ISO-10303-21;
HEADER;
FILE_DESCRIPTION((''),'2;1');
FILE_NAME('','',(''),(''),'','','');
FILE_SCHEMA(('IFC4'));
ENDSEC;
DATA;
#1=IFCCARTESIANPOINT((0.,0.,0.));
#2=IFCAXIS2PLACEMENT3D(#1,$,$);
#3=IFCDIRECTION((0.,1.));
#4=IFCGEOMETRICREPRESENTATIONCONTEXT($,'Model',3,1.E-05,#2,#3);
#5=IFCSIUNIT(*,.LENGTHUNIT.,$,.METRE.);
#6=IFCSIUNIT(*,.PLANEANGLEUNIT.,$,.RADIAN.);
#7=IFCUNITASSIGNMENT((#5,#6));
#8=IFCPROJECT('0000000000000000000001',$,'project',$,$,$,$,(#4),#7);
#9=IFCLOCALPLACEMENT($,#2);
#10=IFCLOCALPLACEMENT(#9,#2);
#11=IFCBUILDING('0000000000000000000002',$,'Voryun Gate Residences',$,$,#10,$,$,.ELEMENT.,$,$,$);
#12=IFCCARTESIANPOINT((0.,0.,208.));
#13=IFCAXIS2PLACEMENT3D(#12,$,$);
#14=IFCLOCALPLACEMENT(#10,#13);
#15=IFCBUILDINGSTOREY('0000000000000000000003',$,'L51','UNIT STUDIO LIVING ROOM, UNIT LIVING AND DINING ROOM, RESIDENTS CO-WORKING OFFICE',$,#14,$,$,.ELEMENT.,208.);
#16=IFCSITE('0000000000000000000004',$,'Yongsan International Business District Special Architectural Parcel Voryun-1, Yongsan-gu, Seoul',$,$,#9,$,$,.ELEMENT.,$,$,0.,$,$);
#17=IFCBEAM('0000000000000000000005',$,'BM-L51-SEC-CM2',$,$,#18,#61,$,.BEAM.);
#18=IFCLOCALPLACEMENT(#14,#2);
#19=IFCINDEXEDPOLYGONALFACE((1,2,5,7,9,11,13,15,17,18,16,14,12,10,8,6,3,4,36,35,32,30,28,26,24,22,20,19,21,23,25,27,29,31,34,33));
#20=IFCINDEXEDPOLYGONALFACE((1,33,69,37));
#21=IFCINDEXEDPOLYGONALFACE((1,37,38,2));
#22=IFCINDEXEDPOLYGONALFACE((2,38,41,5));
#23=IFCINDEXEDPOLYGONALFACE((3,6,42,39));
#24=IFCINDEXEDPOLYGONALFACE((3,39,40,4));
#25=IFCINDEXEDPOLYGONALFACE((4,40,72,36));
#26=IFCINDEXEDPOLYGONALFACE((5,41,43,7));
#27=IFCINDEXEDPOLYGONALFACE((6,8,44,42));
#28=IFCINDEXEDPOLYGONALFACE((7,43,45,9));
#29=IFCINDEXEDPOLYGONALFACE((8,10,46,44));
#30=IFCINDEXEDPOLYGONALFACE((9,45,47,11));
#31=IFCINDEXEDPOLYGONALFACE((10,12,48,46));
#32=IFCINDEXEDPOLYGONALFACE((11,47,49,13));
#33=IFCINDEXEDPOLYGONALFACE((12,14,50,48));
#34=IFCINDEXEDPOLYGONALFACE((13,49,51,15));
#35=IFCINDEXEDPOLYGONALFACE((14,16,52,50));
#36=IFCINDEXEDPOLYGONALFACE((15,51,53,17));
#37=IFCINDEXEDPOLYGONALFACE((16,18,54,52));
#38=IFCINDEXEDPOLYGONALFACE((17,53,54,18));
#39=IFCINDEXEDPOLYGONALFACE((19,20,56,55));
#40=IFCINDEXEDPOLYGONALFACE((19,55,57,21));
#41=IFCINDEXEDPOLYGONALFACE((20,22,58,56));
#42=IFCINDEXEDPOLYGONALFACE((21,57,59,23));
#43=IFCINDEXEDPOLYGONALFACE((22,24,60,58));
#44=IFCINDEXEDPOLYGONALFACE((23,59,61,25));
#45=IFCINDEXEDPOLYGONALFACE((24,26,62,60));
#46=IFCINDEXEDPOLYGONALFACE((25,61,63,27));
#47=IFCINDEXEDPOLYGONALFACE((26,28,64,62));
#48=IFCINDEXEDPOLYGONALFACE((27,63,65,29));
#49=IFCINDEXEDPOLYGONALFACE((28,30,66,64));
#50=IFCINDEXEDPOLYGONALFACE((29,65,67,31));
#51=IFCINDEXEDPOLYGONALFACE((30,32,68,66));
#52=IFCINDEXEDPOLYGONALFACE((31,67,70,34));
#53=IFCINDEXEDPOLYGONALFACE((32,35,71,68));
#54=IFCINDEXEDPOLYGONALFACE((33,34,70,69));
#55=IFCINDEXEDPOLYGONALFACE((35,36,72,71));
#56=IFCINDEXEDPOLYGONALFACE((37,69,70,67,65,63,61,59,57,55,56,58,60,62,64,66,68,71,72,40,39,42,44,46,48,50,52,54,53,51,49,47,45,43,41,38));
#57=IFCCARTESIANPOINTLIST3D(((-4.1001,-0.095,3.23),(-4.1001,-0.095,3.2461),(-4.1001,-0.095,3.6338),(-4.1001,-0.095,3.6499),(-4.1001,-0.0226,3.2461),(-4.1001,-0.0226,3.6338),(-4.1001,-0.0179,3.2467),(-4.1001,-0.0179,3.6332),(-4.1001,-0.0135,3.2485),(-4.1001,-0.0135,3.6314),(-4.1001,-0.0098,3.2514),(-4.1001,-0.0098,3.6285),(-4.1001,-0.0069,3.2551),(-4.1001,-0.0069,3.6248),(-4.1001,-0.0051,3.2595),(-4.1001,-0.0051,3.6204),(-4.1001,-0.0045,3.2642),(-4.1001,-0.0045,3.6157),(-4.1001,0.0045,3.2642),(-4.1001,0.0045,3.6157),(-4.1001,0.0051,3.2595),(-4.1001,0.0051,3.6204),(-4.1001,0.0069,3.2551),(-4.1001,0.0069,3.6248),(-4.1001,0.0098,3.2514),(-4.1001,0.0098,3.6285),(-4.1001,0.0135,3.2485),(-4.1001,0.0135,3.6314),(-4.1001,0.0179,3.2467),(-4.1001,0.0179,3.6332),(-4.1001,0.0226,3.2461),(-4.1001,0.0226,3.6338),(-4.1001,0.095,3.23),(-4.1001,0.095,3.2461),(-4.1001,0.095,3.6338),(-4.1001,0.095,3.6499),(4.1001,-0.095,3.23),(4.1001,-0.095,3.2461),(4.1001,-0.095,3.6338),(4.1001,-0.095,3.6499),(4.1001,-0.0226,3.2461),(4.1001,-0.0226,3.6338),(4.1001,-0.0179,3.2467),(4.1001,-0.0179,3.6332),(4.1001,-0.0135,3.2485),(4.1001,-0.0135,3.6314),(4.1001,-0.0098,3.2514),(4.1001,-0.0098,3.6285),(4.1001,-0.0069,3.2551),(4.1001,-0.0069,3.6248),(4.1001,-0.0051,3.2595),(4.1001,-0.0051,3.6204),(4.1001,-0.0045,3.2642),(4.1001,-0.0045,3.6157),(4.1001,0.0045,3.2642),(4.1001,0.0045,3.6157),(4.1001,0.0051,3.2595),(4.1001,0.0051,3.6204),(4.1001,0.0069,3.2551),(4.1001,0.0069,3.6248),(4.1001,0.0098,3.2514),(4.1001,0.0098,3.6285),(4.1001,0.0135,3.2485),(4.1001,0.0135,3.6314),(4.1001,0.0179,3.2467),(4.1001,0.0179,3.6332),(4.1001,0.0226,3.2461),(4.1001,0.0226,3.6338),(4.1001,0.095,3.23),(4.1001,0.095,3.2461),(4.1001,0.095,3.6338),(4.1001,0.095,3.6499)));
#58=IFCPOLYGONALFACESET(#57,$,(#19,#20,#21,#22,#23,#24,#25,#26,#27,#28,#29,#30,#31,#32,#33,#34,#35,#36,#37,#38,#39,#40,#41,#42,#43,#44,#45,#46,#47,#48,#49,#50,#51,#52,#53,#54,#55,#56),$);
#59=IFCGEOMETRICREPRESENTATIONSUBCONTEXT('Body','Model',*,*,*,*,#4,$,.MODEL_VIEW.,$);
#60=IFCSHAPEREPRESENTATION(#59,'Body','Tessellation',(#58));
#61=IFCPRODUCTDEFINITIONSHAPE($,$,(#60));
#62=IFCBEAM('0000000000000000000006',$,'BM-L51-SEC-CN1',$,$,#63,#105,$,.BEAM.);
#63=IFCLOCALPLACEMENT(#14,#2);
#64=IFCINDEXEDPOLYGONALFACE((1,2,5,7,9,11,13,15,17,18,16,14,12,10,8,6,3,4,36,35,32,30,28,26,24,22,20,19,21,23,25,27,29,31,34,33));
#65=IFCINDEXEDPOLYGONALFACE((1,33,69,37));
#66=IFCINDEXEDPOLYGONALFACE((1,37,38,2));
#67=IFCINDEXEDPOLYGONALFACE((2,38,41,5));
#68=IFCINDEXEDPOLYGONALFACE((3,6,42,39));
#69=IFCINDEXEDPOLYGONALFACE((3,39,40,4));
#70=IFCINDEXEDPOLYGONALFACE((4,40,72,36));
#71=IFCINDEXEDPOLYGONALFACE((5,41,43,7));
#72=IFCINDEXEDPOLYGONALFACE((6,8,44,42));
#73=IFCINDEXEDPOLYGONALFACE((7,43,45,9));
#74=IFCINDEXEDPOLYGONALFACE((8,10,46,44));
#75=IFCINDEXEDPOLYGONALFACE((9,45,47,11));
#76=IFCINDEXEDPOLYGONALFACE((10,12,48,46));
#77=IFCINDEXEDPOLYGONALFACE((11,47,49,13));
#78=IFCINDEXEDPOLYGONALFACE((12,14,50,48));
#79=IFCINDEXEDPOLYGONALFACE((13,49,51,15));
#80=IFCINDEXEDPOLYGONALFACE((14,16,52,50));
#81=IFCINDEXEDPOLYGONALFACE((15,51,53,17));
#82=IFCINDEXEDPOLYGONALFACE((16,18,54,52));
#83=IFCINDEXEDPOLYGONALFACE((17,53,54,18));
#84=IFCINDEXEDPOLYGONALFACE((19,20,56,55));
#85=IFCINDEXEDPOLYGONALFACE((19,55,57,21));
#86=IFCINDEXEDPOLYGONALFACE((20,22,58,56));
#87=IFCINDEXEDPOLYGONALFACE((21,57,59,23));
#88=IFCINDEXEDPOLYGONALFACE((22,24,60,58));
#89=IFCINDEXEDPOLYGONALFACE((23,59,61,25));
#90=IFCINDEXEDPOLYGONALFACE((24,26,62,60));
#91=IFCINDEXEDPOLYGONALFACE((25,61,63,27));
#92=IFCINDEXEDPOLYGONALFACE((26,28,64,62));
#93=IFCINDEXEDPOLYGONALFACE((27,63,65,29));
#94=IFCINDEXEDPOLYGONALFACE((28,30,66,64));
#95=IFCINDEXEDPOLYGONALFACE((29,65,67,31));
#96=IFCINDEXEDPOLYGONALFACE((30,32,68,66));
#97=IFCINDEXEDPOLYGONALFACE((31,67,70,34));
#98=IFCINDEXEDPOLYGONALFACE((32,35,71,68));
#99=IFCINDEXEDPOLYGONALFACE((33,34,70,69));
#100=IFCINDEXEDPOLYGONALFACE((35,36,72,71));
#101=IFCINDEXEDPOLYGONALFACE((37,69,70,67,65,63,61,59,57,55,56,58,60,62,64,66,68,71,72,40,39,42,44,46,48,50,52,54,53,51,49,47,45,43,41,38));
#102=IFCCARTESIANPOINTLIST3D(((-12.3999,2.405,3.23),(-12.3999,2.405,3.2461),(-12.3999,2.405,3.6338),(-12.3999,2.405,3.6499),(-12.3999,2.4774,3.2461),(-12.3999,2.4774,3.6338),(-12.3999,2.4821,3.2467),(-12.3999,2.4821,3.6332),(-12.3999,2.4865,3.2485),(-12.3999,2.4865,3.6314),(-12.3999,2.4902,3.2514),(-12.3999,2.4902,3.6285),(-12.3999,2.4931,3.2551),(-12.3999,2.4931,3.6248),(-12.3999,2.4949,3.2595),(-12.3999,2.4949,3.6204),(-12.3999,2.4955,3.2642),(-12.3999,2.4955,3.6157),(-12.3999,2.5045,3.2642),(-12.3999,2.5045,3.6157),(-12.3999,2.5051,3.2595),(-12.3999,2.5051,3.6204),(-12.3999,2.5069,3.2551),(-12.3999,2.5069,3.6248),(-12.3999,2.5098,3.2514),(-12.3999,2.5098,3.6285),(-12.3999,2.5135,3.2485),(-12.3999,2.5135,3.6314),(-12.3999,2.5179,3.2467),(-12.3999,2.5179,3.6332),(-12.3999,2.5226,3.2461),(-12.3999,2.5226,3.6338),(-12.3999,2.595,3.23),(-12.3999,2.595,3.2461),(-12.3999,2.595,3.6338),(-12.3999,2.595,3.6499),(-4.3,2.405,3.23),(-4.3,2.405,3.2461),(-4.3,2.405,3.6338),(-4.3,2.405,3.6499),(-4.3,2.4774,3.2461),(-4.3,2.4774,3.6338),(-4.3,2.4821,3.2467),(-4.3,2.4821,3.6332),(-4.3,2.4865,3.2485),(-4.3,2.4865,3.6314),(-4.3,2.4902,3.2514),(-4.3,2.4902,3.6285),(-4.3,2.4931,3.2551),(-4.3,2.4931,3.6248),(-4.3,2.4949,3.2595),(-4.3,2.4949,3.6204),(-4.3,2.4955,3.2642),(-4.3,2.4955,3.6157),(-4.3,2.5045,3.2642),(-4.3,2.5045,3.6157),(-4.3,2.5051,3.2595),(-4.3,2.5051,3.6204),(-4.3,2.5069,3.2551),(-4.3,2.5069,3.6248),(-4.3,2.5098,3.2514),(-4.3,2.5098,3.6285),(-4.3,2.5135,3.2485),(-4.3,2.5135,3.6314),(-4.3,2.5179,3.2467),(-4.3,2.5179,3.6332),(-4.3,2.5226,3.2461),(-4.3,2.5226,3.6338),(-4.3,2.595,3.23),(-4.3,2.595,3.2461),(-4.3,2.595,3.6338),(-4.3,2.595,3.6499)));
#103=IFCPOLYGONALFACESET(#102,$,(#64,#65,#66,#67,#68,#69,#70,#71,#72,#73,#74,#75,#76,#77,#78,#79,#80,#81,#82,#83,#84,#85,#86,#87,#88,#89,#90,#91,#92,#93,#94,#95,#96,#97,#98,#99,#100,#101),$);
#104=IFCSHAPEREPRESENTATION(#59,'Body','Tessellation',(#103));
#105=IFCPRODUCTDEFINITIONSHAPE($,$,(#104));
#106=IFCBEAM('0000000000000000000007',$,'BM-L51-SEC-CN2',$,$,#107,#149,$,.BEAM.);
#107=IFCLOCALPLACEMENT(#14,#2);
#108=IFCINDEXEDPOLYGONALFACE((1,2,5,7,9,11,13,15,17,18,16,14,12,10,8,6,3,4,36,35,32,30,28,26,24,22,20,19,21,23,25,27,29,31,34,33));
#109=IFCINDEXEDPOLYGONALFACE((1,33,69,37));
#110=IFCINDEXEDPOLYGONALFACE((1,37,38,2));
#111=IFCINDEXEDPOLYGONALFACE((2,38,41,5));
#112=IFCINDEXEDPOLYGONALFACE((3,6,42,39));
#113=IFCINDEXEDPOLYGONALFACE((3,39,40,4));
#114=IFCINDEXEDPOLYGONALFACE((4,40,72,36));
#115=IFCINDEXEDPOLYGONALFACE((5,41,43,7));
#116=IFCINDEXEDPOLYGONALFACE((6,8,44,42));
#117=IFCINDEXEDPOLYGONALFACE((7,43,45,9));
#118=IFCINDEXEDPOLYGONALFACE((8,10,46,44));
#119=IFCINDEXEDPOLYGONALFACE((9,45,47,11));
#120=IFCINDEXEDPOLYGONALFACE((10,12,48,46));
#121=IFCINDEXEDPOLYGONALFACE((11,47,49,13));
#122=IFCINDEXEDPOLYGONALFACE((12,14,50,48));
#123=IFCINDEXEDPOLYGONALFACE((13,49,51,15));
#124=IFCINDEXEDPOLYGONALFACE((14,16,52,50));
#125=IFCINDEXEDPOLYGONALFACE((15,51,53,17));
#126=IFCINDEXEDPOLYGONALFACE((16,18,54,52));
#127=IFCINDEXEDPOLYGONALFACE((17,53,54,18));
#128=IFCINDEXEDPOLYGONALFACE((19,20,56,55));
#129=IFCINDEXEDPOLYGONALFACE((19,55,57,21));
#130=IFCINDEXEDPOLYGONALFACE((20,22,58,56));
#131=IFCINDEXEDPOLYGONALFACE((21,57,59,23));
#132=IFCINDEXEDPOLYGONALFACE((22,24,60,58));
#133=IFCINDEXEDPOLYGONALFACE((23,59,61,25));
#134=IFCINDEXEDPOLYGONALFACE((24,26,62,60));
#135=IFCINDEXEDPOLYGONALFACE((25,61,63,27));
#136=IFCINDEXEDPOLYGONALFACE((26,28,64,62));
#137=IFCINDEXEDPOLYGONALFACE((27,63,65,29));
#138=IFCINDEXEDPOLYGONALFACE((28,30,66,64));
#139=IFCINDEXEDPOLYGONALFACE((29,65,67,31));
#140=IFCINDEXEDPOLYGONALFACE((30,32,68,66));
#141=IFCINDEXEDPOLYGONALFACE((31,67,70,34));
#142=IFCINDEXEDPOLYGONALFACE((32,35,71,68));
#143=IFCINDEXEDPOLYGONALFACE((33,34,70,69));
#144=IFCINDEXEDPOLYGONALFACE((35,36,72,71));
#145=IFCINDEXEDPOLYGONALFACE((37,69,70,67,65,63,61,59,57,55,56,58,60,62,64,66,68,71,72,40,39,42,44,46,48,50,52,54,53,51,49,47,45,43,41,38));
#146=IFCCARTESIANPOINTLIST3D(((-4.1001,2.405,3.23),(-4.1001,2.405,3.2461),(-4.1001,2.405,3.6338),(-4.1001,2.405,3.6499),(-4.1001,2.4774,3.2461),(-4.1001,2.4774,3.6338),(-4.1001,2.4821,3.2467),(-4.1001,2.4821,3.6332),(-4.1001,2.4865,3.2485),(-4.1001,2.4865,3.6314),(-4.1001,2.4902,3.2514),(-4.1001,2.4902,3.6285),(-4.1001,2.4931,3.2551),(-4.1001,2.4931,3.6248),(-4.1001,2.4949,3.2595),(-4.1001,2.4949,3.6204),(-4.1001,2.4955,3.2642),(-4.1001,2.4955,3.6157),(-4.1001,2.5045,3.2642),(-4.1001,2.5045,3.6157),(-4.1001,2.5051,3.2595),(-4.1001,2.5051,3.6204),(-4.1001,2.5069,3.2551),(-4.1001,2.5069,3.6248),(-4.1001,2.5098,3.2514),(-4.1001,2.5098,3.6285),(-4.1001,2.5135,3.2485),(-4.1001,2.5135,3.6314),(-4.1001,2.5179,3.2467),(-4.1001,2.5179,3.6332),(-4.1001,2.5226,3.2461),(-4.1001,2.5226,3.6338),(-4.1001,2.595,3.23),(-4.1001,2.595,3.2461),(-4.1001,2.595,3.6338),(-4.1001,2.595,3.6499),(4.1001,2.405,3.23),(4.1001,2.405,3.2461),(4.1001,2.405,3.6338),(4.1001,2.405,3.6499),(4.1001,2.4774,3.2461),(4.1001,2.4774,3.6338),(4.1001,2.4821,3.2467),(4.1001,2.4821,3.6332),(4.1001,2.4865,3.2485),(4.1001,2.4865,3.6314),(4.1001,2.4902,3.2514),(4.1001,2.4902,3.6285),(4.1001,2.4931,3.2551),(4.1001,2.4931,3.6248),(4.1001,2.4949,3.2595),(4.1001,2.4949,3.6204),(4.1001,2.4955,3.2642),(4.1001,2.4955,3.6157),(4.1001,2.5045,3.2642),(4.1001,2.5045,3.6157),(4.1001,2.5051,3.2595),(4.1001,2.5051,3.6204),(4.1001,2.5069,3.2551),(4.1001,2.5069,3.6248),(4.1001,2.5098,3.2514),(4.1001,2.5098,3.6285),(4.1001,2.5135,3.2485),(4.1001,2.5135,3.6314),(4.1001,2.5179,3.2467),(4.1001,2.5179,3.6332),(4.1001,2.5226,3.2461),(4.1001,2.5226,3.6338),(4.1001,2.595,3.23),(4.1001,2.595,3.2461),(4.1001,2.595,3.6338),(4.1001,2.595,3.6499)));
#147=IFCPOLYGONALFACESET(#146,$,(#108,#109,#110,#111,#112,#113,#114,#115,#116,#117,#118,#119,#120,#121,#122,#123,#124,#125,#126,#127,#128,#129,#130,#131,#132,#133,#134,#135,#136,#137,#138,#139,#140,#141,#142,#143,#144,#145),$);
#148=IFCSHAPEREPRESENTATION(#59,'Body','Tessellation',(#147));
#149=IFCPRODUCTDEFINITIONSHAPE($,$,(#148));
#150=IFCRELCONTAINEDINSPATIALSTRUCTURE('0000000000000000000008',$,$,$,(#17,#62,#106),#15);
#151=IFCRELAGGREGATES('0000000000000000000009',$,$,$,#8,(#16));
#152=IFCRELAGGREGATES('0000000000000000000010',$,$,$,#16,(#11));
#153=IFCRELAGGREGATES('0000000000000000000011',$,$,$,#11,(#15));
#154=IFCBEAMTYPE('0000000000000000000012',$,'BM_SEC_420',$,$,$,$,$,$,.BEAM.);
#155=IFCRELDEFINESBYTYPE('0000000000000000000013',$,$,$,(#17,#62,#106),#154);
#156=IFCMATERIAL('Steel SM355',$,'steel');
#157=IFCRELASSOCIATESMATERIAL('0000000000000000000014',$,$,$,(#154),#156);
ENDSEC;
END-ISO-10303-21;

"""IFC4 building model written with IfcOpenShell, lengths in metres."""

from ifc_helpers import new_model, si_unit, direction, frame, origin, origin_2d, place, context, subcontext, project, spatial, i_section, extrude, material, material_profile, profile_set, type_object, element, save


model = new_model("IFC4")

# Units and contexts
model_context = context("Model", 3, precision=1e-05, world=origin(), true_north=direction((0.0, 1.0)))
body_context = subcontext(model_context, "Body", "Model", "MODEL_VIEW")
ifc_project = project(units=[si_unit("LENGTHUNIT", "METRE"), si_unit("PLANEANGLEUNIT", "RADIAN")], contexts=[model_context])

# Site, building, storey
site_placement = place(None, origin())
site = spatial("IfcSite", under=ifc_project, at=site_placement, Name="Yongsan International Business District Special Architectural Parcel Voryun-1, Yongsan-gu, Seoul", CompositionType="ELEMENT", RefElevation=0.0)
building_placement = place(site_placement, origin())
building = spatial("IfcBuilding", under=site, at=building_placement, Name="Voryun Gate Residences", CompositionType="ELEMENT")
storey_placement = place(building_placement, frame((0.0, 0.0, 208.0)))
storey = spatial("IfcBuildingStorey", under=building, at=storey_placement, Name="L51", Description="UNIT STUDIO LIVING ROOM, UNIT LIVING AND DINING ROOM, RESIDENTS CO-WORKING OFFICE", CompositionType="ELEMENT", Elevation=208.0)

# Beams
ifc_material_1 = material(Name="Steel SM355", Category="steel")
ifc_material_profile_1 = material_profile(ifc_material_1, i_section(OverallWidth=0.1899, OverallDepth=0.4199, WebThickness=0.009, FlangeThickness=0.0161, FilletRadius=0.0181, at=origin_2d()), Name="H-420x190x9x16")
ifc_profile_set_1 = profile_set([ifc_material_profile_1], Name="Steel SM355")
beam_type = type_object("IfcBeamType", Name="BM_SEC_420", PredefinedType="BEAM", material=ifc_profile_set_1)
beam_1_placement = place(storey_placement, frame((-4.1001, 0.0, 3.4399), z_axis=(1.0, 0.0, 0.0), x_axis=(0.0, 1.0, 0.0)))
element("IfcBeam", 1, at=beam_1_placement, inside=storey, type_object=beam_type, Name="BM-L51-SEC-CM2", PredefinedType="BEAM", context=body_context, shape_type="SweptSolid", body=[
    extrude(i_section(OverallWidth=0.1899, OverallDepth=0.4199, WebThickness=0.009, FlangeThickness=0.0161, FilletRadius=0.0181, at=origin_2d()), origin(), (0.0, 0.0, 1.0), 8.2002),
])
beam_2_placement = place(storey_placement, frame((-12.3999, 2.5, 3.4399), z_axis=(1.0, 0.0, 0.0), x_axis=(0.0, 1.0, 0.0)))
element("IfcBeam", 2, at=beam_2_placement, inside=storey, type_object=beam_type, Name="BM-L51-SEC-CN1", PredefinedType="BEAM", context=body_context, shape_type="SweptSolid", body=[
    extrude(i_section(OverallWidth=0.1899, OverallDepth=0.4199, WebThickness=0.009, FlangeThickness=0.0161, FilletRadius=0.0181, at=origin_2d()), origin(), (0.0, 0.0, 1.0), 8.0999),
])
beam_3_placement = place(storey_placement, frame((-4.1001, 2.5, 3.4399), z_axis=(1.0, 0.0, 0.0), x_axis=(0.0, 1.0, 0.0)))
element("IfcBeam", 3, at=beam_3_placement, inside=storey, type_object=beam_type, Name="BM-L51-SEC-CN2", PredefinedType="BEAM", context=body_context, shape_type="SweptSolid", body=[
    extrude(i_section(OverallWidth=0.1899, OverallDepth=0.4199, WebThickness=0.009, FlangeThickness=0.0161, FilletRadius=0.0181, at=origin_2d()), origin(), (0.0, 0.0, 1.0), 8.2002),
])

save(model, "model.ifc")
